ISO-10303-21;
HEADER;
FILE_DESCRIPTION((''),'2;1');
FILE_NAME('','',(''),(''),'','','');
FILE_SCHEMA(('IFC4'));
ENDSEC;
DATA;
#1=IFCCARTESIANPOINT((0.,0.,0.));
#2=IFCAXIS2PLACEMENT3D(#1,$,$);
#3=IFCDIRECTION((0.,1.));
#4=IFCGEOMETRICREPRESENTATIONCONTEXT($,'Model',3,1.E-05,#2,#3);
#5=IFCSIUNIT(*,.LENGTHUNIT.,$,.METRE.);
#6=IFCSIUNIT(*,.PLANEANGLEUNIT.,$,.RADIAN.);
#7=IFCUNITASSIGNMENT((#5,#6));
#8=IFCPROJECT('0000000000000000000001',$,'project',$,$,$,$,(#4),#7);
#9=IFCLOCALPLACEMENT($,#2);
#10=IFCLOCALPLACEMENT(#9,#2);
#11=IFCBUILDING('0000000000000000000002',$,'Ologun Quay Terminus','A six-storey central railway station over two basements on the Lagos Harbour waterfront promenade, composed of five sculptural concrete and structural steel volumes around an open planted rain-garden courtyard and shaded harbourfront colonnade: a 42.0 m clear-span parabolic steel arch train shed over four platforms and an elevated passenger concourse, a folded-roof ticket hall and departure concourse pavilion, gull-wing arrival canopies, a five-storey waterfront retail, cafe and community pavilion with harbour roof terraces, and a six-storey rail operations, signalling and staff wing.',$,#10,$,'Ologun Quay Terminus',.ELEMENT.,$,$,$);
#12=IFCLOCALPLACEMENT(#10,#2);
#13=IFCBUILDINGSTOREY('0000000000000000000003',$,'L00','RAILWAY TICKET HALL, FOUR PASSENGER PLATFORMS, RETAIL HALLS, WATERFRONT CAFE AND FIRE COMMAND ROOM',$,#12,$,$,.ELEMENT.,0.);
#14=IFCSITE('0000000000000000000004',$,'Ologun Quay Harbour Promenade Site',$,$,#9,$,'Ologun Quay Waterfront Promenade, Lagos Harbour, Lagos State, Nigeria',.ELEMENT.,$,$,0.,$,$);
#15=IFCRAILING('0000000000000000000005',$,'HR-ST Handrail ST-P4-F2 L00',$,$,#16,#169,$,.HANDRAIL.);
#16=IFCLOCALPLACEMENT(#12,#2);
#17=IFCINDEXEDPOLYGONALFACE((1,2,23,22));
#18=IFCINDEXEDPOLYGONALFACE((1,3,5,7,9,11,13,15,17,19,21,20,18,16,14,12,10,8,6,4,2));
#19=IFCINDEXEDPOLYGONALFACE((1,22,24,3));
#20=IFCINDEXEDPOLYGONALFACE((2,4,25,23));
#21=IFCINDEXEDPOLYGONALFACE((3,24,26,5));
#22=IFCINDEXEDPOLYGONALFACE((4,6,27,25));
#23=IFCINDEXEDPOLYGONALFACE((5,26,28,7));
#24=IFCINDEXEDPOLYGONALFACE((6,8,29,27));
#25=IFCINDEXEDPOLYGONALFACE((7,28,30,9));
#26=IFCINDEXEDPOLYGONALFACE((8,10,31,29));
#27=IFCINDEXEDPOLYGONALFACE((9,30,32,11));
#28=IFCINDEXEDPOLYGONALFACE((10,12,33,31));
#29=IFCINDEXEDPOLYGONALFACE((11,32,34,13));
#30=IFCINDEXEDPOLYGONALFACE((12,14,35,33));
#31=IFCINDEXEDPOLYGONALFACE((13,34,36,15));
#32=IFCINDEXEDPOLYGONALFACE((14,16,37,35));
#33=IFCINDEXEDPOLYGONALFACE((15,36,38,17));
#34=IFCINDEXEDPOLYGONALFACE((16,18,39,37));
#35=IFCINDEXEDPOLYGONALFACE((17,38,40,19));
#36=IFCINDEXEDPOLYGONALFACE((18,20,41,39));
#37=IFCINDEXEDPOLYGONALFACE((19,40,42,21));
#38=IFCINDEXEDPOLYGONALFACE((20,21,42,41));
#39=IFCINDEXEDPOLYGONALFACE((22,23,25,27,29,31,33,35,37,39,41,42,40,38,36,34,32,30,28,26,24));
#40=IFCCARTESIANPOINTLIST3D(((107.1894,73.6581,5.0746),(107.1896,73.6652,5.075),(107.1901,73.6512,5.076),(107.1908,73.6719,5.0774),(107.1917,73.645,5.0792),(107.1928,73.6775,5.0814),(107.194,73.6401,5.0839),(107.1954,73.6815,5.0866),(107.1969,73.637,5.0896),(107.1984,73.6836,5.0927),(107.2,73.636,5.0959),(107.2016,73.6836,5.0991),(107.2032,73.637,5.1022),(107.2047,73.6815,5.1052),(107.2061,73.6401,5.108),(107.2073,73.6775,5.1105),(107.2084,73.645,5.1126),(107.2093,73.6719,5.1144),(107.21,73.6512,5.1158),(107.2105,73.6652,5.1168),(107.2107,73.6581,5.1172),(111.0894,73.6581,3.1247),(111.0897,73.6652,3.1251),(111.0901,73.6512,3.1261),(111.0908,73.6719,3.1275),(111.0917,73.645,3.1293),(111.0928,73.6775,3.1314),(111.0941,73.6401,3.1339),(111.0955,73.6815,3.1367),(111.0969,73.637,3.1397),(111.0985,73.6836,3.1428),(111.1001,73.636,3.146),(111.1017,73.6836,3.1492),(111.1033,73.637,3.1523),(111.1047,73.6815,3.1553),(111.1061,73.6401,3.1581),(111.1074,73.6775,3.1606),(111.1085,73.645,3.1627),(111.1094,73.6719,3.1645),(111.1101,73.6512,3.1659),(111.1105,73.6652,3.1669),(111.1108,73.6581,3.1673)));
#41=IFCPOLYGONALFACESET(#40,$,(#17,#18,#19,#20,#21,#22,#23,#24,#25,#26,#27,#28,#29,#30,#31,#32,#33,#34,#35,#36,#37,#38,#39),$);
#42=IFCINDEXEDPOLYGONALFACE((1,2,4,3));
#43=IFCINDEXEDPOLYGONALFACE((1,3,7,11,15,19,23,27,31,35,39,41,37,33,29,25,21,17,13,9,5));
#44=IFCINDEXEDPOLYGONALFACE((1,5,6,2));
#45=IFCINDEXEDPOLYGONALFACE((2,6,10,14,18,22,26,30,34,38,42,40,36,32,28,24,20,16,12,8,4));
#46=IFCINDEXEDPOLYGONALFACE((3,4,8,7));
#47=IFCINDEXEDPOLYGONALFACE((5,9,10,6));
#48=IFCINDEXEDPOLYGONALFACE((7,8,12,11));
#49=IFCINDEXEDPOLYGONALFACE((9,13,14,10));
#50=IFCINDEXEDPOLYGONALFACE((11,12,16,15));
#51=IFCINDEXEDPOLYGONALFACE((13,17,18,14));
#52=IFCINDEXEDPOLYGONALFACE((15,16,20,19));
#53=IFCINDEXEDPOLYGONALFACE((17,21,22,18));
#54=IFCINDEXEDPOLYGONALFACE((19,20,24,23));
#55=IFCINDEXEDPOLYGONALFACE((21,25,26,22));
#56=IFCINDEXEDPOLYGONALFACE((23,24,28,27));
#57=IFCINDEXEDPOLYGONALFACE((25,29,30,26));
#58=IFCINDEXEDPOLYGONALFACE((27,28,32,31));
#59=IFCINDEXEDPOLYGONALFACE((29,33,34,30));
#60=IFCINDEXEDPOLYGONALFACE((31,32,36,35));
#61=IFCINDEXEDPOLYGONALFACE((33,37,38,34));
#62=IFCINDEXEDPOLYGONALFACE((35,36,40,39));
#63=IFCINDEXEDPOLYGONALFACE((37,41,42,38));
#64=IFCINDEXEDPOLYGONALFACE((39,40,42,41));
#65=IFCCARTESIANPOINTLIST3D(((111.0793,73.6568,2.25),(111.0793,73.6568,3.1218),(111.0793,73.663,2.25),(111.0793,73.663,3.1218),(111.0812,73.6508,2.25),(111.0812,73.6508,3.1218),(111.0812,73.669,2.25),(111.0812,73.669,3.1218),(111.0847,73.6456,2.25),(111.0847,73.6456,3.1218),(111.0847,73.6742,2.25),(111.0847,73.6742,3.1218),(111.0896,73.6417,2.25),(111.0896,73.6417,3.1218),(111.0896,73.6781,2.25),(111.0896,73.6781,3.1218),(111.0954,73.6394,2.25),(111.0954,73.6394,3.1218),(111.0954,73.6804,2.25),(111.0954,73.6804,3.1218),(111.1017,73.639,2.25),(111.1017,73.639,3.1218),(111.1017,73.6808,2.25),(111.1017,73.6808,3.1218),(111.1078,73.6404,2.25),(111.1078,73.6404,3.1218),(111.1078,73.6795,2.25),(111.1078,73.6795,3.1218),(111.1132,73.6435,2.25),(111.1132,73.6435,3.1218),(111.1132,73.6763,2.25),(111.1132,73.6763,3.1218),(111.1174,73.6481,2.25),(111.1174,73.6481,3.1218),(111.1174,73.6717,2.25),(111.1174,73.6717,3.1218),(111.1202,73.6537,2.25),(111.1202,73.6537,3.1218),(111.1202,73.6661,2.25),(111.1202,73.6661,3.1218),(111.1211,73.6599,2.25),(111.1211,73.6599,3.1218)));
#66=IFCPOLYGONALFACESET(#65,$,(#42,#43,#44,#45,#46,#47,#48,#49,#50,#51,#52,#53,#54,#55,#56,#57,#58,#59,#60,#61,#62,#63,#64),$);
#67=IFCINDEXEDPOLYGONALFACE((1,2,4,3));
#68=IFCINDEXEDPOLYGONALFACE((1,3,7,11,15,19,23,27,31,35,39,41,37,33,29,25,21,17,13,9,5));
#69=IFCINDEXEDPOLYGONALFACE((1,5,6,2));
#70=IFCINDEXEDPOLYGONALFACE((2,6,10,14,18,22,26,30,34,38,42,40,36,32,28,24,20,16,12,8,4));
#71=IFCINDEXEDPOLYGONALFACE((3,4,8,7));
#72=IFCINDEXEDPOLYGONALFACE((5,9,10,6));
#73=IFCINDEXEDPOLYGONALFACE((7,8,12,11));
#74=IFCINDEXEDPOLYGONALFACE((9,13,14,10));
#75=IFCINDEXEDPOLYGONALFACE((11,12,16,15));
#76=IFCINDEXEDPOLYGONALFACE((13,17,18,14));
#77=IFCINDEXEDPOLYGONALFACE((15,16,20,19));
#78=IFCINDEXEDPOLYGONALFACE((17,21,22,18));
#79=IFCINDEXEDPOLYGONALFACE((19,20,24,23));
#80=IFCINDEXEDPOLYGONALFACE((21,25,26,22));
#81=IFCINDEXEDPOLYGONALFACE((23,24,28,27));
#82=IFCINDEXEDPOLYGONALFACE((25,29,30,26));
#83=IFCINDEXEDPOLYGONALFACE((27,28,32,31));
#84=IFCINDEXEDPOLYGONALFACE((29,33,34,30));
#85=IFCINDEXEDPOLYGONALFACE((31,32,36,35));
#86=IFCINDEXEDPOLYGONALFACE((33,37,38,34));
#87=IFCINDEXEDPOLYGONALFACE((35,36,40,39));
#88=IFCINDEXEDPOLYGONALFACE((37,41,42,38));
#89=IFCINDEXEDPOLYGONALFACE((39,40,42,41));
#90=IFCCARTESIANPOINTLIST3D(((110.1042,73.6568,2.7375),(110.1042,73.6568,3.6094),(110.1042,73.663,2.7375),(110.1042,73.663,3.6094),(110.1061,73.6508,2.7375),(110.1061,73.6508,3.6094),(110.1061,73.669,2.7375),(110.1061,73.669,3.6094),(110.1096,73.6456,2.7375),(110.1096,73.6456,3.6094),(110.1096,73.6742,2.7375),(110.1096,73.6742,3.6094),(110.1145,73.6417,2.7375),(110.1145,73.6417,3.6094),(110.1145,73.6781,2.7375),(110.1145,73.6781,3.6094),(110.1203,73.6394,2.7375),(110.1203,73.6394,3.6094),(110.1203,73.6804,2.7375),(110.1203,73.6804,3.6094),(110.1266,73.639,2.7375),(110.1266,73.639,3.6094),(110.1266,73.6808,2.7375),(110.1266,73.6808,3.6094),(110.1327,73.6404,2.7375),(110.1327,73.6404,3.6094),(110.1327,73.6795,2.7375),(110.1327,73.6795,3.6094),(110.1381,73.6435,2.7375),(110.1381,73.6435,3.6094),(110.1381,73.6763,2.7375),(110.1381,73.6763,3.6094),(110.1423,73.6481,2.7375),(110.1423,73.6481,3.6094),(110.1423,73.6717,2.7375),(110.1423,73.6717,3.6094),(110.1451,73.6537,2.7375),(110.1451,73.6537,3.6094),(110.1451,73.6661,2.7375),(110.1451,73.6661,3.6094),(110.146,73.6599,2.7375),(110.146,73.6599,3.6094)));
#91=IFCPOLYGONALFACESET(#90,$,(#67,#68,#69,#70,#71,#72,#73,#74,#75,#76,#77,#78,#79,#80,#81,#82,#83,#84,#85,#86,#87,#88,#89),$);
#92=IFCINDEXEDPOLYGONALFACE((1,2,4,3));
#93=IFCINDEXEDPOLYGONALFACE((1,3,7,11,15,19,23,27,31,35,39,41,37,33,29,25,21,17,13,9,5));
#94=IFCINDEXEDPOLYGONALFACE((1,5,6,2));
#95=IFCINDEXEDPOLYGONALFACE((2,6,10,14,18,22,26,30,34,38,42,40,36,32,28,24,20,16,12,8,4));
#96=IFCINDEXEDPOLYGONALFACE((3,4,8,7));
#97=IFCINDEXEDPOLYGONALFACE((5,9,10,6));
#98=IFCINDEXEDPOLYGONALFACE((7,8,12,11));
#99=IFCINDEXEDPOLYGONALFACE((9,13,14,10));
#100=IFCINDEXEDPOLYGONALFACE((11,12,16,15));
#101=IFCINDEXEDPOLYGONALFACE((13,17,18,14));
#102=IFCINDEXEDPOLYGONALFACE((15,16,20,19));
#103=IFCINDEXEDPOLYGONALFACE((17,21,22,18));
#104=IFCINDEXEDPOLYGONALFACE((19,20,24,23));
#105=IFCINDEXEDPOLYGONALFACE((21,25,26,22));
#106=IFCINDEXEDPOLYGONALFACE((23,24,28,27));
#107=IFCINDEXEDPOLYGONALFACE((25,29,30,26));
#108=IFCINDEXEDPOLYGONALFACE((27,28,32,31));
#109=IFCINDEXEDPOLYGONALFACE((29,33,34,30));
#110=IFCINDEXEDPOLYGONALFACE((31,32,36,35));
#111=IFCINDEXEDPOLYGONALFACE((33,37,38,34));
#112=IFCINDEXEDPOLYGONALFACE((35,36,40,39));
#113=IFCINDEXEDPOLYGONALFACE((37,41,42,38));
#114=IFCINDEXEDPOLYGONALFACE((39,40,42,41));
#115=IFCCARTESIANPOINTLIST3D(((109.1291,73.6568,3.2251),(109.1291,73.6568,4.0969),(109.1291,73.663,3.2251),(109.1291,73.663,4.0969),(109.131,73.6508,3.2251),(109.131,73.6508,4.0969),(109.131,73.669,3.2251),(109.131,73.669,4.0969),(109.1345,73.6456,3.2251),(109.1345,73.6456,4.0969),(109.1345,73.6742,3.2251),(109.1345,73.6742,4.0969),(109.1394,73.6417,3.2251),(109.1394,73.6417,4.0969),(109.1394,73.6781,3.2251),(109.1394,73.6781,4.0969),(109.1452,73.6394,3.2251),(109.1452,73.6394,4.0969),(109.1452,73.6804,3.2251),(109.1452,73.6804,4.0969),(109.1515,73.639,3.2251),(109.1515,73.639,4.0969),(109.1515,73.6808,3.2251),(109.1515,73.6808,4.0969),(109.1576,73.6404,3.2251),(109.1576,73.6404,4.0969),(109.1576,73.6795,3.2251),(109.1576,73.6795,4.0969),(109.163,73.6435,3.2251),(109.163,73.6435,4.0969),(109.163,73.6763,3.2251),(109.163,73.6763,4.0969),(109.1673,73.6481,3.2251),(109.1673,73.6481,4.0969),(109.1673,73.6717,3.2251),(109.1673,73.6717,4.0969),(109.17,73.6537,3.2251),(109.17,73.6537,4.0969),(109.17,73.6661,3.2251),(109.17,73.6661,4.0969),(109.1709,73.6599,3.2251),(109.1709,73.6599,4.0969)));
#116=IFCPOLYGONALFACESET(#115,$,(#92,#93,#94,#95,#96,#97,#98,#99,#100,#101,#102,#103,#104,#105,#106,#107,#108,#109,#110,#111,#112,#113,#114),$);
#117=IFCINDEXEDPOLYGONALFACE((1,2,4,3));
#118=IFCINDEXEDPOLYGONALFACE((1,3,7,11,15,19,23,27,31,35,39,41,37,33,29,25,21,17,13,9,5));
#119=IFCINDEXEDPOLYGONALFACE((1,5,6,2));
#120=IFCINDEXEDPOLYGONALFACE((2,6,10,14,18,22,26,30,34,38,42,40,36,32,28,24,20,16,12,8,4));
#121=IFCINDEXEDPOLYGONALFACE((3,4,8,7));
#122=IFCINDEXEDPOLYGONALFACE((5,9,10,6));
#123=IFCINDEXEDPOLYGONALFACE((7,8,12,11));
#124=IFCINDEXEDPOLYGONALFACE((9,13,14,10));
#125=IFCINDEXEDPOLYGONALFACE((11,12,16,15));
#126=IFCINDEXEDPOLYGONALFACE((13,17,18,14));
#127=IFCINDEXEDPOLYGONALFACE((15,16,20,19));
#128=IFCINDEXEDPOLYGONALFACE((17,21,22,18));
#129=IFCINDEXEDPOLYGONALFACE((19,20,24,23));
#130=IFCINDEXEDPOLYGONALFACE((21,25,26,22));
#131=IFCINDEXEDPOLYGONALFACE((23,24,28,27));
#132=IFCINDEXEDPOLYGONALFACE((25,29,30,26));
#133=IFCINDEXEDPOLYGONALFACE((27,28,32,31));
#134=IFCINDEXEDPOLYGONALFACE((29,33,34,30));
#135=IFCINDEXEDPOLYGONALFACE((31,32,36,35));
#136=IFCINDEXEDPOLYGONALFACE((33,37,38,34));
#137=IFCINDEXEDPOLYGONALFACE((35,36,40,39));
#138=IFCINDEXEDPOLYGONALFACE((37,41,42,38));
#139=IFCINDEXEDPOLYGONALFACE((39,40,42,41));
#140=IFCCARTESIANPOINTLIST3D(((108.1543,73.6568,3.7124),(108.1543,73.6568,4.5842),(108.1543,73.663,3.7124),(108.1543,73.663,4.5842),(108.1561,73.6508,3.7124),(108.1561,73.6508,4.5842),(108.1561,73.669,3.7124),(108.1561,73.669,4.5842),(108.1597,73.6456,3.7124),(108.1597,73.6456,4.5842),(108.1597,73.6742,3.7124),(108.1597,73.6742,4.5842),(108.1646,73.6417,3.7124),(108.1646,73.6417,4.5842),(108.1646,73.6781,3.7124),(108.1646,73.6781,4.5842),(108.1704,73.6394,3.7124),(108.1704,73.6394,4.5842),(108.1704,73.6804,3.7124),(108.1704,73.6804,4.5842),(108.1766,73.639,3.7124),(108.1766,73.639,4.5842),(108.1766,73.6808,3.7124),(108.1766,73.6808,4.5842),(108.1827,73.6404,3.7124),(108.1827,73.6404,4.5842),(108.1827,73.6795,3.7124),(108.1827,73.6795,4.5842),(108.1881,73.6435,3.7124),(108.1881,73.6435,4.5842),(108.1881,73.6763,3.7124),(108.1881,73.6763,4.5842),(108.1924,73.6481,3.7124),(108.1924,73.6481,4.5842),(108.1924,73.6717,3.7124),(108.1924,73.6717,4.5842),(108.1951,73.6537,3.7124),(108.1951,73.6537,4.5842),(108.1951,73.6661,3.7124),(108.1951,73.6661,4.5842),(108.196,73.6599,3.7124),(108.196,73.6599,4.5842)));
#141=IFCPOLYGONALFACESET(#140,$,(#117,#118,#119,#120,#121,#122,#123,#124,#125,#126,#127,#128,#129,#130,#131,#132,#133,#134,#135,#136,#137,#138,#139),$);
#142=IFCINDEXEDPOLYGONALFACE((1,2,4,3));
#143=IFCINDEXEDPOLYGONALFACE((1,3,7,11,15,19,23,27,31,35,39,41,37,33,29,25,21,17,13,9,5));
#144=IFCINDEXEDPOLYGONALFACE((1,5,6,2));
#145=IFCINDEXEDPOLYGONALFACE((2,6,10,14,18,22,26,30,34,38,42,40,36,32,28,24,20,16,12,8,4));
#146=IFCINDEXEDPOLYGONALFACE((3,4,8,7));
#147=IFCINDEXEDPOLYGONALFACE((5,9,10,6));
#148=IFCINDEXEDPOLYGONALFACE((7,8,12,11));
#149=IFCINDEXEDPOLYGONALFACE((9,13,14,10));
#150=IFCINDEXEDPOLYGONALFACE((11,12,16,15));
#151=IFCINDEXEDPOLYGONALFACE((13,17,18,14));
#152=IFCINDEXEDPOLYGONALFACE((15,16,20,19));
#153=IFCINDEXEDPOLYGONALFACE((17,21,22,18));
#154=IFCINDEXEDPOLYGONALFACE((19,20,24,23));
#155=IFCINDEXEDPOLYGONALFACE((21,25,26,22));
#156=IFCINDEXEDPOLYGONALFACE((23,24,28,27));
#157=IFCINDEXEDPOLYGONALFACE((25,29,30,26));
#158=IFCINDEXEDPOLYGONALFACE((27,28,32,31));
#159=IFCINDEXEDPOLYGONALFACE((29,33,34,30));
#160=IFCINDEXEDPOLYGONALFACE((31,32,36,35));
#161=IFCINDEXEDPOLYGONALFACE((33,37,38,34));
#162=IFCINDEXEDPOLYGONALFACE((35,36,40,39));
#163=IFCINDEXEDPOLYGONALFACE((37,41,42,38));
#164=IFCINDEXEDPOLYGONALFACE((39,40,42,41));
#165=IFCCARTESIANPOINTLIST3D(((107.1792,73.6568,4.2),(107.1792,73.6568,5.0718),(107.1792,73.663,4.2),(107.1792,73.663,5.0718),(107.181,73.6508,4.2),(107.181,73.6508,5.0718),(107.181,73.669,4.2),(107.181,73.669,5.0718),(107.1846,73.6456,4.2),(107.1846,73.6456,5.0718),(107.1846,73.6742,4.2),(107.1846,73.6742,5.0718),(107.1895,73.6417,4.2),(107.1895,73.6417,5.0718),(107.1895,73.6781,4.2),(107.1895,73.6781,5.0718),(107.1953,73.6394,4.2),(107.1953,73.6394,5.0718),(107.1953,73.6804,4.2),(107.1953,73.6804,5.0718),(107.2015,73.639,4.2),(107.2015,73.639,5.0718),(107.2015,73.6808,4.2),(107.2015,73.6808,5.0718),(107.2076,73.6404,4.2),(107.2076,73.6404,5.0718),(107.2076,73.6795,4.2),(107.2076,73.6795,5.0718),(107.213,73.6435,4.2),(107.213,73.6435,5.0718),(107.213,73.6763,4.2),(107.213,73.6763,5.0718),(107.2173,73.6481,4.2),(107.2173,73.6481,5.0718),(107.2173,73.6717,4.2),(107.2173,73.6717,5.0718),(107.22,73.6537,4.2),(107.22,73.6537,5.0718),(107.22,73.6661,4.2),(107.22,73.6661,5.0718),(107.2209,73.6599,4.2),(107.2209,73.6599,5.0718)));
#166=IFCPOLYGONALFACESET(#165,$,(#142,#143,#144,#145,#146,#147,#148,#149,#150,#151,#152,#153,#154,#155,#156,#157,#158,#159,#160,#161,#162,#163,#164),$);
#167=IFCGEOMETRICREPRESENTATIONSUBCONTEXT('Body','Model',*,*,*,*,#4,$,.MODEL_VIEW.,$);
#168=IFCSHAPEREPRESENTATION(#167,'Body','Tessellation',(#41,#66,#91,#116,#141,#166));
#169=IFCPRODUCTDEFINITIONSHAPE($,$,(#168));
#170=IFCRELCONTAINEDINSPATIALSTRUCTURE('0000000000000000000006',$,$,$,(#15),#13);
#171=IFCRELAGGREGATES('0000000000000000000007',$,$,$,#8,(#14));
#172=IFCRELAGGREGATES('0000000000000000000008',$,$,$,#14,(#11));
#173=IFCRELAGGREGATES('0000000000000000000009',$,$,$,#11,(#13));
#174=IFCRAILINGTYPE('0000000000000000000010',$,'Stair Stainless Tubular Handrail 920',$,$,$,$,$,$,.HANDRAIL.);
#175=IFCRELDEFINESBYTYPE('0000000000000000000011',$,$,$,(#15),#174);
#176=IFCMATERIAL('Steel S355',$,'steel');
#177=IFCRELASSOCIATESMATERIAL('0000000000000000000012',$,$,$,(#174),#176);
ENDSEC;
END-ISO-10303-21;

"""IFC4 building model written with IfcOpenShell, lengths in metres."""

from ifc_helpers import new_model, si_unit, direction, frame, origin, origin_2d, place, context, subcontext, project, spatial, circle, extrude, material, type_object, element, save


model = new_model("IFC4")

# Units and contexts
model_context = context("Model", 3, precision=1e-05, world=origin(), true_north=direction((0.0, 1.0)))
body_context = subcontext(model_context, "Body", "Model", "MODEL_VIEW")
ifc_project = project(units=[si_unit("LENGTHUNIT", "METRE"), si_unit("PLANEANGLEUNIT", "RADIAN")], contexts=[model_context])

# Site, building, storey
site_placement = place(None, origin())
site = spatial("IfcSite", under=ifc_project, at=site_placement, Name="Ologun Quay Harbour Promenade Site", LongName="Ologun Quay Waterfront Promenade, Lagos Harbour, Lagos State, Nigeria", CompositionType="ELEMENT", RefElevation=0.0)
building_placement = place(site_placement, origin())
building = spatial("IfcBuilding", under=site, at=building_placement, Name="Ologun Quay Terminus", Description="A six-storey central railway station over two basements on the Lagos Harbour waterfront promenade, composed of five sculptural concrete and structural steel volumes around an open planted rain-garden courtyard and shaded harbourfront colonnade: a 42.0 m clear-span parabolic steel arch train shed over four platforms and an elevated passenger concourse, a folded-roof ticket hall and departure concourse pavilion, gull-wing arrival canopies, a five-storey waterfront retail, cafe and community pavilion with harbour roof terraces, and a six-storey rail operations, signalling and staff wing.", LongName="Ologun Quay Terminus", CompositionType="ELEMENT")
storey_placement = place(building_placement, origin())
storey = spatial("IfcBuildingStorey", under=building, at=storey_placement, Name="L00", Description="RAILWAY TICKET HALL, FOUR PASSENGER PLATFORMS, RETAIL HALLS, WATERFRONT CAFE AND FIRE COMMAND ROOM", CompositionType="ELEMENT", Elevation=0.0)

# Railing
ifc_material_1 = material(Name="Steel S355", Category="steel")
railing_type = type_object("IfcRailingType", Name="Stair Stainless Tubular Handrail 920", PredefinedType="HANDRAIL", material=ifc_material_1)
railing_placement = place(storey_placement, frame((111.1001, 73.6599, 2.25)))
element("IfcRailing", 1, at=railing_placement, inside=storey, type_object=railing_type, Name="HR-ST Handrail ST-P4-F2 L00", PredefinedType="HANDRAIL", context=body_context, shape_type="SweptSolid", body=[
    extrude(circle(Radius=0.0239, at=origin_2d()), frame((0.0, 0.0, 0.896), z_axis=(-0.894438, 0.0, 0.447191), x_axis=(0.0, -1.0, 0.0)), (0.0, 0.0, 1.0), 4.3604),
    extrude(circle(Radius=0.021, at=origin_2d()), origin(), (0.0, 0.0, 1.0), 0.8718),
    extrude(circle(Radius=0.021, at=origin_2d()), frame((-0.9751, 0.0, 0.4875)), (0.0, 0.0, 1.0), 0.8718),
    extrude(circle(Radius=0.021, at=origin_2d()), frame((-1.9502, 0.0, 0.9751)), (0.0, 0.0, 1.0), 0.8718),
    extrude(circle(Radius=0.021, at=origin_2d()), frame((-2.925, 0.0, 1.4624)), (0.0, 0.0, 1.0), 0.8718),
    extrude(circle(Radius=0.021, at=origin_2d()), frame((-3.9001, 0.0, 1.95)), (0.0, 0.0, 1.0), 0.8718),
])

save(model, "model.ifc")
